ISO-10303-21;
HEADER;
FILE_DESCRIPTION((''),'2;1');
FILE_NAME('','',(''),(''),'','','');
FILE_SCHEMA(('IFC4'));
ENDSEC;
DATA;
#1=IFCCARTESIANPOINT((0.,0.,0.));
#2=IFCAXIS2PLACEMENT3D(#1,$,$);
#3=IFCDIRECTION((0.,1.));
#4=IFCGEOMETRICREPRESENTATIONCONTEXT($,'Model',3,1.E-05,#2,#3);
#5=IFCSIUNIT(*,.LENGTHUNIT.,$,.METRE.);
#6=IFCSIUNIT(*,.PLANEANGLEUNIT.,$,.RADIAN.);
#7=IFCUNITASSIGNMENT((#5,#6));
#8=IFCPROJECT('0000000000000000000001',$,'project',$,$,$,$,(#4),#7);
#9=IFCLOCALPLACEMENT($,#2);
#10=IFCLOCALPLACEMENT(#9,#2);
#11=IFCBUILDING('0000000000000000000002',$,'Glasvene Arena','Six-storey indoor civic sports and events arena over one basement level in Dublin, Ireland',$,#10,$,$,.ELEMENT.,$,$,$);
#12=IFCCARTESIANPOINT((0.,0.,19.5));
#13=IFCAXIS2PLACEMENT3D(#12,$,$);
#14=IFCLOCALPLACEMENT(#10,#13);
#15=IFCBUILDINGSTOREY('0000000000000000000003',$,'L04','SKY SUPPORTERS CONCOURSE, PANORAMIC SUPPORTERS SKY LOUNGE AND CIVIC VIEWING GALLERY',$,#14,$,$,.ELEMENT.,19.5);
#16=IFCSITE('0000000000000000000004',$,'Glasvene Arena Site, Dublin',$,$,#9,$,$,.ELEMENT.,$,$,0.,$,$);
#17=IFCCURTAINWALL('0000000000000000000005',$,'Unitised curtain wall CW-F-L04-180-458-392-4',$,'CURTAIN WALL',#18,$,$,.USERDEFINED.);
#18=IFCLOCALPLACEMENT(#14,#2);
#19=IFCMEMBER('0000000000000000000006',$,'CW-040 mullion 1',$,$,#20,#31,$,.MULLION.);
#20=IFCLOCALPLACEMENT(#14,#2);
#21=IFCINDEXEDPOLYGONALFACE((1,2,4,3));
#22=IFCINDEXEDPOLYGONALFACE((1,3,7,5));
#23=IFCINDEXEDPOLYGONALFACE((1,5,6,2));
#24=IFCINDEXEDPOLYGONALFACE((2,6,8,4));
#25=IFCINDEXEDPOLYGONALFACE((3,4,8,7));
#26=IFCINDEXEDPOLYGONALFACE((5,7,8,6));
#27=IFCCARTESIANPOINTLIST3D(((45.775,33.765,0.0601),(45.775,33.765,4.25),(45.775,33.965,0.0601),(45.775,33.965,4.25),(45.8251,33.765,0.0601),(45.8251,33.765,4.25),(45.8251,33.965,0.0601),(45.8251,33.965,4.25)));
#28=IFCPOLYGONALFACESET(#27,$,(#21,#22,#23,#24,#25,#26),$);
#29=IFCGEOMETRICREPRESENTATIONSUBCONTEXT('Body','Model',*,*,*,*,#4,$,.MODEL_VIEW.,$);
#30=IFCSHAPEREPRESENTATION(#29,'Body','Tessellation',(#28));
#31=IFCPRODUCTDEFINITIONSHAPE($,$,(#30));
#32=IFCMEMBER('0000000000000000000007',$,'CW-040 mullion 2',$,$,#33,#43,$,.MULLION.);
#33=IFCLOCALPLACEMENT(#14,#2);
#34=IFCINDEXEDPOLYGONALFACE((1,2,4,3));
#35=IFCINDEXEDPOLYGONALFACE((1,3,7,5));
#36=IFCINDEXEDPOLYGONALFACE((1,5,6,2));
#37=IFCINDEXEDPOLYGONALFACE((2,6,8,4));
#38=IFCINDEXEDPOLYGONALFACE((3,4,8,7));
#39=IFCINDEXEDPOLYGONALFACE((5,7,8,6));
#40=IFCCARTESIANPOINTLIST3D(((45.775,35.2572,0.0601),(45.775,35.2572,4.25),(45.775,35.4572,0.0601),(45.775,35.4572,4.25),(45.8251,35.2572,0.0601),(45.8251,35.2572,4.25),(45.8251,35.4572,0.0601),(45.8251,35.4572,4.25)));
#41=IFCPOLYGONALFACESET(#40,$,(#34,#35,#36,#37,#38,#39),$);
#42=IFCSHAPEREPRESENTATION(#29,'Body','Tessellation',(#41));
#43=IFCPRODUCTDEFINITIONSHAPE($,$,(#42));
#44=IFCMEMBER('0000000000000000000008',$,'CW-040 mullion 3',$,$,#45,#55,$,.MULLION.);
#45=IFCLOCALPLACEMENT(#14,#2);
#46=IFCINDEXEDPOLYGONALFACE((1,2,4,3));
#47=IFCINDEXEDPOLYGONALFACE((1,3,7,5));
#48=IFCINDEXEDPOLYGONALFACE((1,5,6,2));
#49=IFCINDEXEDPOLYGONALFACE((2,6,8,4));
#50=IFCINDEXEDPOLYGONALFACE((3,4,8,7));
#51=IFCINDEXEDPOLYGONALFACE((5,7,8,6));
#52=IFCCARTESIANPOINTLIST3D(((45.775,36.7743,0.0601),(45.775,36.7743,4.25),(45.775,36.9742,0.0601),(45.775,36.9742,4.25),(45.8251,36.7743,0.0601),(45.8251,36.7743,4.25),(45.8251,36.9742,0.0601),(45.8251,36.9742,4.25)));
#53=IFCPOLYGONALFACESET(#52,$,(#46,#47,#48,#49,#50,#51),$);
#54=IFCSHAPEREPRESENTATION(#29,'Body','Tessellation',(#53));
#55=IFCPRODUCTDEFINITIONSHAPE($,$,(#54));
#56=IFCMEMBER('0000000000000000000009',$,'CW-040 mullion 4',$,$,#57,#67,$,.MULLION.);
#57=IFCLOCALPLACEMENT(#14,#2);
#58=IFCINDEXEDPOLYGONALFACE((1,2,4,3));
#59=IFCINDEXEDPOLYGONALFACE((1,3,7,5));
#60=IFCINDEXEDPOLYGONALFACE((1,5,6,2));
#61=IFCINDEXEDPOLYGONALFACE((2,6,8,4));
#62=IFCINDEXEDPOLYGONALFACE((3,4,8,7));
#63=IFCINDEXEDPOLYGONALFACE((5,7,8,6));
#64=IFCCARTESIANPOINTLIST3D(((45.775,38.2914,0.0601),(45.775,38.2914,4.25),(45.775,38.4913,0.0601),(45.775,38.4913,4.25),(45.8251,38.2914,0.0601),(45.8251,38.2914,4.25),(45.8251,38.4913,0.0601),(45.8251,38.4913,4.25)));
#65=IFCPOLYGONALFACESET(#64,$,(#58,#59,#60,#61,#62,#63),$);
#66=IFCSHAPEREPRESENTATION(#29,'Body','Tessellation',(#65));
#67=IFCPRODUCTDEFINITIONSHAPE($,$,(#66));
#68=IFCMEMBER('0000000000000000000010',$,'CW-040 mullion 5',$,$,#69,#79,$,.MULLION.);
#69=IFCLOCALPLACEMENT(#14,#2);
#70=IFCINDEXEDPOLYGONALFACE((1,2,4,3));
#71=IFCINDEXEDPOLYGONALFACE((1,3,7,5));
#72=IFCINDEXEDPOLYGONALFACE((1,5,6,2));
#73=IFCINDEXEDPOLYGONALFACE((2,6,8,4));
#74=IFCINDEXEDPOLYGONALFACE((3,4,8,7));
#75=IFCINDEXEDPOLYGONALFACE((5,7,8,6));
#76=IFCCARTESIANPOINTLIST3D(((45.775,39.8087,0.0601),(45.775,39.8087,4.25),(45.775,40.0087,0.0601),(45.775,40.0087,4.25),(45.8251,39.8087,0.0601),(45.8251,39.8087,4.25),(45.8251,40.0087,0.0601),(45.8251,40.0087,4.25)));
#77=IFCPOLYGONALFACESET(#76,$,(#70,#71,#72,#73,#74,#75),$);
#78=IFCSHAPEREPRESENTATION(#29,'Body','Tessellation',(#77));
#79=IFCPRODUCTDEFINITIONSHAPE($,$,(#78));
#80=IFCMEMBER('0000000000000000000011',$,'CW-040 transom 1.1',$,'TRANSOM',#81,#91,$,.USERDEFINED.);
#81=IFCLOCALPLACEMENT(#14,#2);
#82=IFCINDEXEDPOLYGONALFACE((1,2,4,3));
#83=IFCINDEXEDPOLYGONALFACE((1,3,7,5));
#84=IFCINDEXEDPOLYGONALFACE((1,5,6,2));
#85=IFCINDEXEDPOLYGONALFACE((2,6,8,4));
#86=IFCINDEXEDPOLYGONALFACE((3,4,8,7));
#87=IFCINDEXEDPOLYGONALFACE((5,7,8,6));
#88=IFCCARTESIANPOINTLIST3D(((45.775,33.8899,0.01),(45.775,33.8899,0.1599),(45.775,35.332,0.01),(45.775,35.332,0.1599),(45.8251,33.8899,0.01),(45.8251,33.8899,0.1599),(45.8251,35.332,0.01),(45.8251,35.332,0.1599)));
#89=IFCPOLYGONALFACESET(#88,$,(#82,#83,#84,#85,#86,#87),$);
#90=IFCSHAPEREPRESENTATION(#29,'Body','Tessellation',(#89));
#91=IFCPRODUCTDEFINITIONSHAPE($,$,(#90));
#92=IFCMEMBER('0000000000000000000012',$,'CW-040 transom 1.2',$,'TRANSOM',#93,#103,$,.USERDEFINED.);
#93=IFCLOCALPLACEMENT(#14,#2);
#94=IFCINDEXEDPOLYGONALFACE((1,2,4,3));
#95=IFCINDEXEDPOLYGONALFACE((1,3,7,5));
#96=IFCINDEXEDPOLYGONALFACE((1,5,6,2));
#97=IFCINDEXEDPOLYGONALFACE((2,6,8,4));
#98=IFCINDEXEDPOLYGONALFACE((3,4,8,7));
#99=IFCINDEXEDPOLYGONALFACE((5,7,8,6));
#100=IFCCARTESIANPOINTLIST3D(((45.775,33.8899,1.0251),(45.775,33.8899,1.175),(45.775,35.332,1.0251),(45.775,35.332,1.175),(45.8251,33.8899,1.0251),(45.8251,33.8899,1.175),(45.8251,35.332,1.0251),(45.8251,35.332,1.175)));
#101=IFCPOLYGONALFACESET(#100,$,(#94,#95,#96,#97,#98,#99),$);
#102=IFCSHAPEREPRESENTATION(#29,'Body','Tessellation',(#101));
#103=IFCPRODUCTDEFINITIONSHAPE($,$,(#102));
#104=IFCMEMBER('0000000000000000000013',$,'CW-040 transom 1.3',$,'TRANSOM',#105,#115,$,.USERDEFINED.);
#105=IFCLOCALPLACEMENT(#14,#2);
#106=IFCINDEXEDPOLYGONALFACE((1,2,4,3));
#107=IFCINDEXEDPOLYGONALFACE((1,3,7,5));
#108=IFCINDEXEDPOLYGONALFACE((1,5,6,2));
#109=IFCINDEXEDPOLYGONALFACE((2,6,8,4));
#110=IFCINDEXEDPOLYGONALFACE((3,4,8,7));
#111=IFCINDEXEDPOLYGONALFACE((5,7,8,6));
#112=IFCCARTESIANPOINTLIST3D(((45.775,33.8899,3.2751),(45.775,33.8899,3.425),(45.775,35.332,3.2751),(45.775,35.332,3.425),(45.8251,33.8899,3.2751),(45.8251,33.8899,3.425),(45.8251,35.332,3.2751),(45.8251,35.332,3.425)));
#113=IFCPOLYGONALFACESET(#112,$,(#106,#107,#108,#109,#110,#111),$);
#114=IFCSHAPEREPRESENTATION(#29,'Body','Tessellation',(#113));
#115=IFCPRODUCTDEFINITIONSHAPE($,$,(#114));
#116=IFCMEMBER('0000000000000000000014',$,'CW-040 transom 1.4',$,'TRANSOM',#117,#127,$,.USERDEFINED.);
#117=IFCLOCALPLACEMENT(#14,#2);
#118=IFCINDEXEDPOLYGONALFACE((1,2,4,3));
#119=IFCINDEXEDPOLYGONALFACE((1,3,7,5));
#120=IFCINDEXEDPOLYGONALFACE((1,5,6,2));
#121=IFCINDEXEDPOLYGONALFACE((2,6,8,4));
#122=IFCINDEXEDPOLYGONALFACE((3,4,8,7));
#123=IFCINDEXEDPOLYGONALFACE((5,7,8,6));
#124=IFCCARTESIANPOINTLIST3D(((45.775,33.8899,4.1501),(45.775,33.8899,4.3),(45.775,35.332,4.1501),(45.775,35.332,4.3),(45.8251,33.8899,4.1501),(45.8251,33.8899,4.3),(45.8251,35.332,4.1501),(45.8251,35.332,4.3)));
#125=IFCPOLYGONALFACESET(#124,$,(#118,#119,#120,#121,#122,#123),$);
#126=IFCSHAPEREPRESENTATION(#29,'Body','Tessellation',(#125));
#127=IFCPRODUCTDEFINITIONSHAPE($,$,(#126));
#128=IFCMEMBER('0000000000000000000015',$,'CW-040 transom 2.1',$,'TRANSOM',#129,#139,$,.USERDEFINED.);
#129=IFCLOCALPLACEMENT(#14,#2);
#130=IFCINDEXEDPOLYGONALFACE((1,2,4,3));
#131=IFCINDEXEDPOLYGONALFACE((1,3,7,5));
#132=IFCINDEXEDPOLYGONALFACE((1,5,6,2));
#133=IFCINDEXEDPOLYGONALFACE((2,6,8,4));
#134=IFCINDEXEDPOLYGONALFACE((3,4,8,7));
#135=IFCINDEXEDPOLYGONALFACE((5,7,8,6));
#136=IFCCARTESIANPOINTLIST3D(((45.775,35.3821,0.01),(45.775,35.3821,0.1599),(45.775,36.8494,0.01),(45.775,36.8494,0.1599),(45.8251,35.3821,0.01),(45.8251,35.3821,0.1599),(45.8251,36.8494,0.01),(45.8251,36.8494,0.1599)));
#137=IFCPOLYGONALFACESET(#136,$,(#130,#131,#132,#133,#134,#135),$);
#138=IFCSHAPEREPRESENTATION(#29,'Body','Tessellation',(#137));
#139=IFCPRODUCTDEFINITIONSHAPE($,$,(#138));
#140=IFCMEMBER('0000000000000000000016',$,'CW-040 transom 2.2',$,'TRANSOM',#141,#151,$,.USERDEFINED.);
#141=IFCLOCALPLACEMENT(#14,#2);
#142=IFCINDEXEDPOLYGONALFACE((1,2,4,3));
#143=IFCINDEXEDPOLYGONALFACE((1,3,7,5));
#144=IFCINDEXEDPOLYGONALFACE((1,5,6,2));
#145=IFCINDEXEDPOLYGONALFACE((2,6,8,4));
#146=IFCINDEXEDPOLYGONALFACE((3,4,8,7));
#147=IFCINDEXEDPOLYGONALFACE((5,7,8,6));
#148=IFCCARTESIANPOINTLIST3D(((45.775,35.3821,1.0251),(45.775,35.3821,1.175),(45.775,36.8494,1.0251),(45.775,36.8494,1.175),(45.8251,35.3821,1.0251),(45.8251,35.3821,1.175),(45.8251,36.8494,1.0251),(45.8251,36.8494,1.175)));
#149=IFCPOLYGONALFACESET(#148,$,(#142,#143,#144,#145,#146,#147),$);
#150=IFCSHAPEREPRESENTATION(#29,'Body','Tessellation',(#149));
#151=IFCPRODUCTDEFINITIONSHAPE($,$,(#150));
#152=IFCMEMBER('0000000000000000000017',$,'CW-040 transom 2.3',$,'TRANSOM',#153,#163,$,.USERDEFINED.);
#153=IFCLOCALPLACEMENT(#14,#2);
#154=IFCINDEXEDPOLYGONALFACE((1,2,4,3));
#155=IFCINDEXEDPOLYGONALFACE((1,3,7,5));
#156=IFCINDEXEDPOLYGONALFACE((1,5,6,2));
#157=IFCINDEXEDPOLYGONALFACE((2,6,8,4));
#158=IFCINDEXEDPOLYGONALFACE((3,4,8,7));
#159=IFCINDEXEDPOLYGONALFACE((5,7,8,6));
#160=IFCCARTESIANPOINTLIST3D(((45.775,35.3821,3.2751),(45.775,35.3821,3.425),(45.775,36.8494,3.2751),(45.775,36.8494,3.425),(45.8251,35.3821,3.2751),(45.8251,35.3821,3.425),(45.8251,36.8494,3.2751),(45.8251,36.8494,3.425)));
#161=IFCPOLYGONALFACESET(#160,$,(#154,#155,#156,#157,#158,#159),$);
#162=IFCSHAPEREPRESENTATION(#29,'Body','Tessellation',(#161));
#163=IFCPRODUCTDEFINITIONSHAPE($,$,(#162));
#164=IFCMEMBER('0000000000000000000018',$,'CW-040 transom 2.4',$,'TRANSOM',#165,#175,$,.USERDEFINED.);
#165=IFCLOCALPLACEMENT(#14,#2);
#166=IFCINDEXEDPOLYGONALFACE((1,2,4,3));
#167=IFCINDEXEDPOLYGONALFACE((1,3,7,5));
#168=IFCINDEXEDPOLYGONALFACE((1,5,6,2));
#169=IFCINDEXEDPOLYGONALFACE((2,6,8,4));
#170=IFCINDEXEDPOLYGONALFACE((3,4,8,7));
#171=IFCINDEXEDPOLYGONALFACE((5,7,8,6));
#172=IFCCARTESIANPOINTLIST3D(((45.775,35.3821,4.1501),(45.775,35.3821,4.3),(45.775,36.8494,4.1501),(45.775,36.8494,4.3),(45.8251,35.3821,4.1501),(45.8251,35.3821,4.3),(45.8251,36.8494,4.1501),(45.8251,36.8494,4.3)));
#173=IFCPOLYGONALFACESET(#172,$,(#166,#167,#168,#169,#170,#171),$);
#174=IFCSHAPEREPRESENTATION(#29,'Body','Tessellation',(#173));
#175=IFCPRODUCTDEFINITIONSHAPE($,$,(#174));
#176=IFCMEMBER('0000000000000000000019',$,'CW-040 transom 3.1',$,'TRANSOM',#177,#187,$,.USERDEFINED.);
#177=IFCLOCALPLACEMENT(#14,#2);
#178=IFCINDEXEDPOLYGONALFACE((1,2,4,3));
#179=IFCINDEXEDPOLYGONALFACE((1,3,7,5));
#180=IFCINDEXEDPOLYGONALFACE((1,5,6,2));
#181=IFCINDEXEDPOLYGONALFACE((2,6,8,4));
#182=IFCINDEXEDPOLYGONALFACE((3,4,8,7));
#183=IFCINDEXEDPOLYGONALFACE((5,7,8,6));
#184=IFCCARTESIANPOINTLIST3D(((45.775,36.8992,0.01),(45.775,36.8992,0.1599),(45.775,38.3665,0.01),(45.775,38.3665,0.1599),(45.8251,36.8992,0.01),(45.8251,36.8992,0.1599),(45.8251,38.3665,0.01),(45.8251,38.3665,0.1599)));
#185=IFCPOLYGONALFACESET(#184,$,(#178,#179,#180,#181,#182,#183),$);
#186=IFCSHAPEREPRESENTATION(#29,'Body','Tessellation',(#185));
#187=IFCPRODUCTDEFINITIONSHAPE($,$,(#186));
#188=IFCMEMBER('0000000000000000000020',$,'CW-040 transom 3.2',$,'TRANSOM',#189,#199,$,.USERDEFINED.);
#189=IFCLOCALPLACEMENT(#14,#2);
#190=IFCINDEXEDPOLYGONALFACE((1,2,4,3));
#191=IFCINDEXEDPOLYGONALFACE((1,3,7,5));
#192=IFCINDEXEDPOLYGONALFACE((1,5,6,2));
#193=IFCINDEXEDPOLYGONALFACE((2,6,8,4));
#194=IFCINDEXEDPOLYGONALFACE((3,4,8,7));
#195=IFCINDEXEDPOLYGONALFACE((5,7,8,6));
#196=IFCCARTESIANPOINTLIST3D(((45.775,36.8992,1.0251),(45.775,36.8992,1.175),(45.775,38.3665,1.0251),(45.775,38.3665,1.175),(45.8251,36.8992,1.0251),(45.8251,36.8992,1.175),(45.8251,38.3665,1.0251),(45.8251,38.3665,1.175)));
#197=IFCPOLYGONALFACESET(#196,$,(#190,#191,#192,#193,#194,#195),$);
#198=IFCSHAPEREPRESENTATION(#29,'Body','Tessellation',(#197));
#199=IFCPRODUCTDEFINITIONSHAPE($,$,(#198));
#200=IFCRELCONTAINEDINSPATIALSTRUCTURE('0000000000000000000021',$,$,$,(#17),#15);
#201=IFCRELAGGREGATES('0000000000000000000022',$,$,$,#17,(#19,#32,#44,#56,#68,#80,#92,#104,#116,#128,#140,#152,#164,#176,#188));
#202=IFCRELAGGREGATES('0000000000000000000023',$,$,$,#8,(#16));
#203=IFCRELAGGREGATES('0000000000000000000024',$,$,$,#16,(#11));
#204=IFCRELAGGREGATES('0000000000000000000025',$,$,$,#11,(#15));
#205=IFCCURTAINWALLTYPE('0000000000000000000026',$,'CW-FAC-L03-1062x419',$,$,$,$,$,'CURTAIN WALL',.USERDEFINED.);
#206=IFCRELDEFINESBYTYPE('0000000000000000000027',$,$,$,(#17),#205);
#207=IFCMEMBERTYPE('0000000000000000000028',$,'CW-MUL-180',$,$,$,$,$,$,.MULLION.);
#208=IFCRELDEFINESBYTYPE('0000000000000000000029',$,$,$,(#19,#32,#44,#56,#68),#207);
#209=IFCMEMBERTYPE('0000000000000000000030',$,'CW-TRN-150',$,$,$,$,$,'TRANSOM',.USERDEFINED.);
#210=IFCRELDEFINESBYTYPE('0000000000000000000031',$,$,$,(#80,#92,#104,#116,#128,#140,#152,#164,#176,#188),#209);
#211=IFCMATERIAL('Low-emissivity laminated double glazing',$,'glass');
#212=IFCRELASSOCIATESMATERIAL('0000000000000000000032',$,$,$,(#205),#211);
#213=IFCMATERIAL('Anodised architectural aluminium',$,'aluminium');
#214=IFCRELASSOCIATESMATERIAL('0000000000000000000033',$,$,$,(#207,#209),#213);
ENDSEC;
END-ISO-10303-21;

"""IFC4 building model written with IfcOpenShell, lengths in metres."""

from ifc_helpers import new_model, si_unit, direction, frame, origin, origin_2d, place, context, subcontext, project, spatial, rectangle, extrude, material, material_profile, profile_set, type_object, element, aggregate, save


model = new_model("IFC4")

# Units and contexts
model_context = context("Model", 3, precision=1e-05, world=origin(), true_north=direction((0.0, 1.0)))
body_context = subcontext(model_context, "Body", "Model", "MODEL_VIEW")
ifc_project = project(units=[si_unit("LENGTHUNIT", "METRE"), si_unit("PLANEANGLEUNIT", "RADIAN")], contexts=[model_context])

# Site, building, storey
site_placement = place(None, origin())
site = spatial("IfcSite", under=ifc_project, at=site_placement, Name="Glasvene Arena Site, Dublin", CompositionType="ELEMENT", RefElevation=0.0)
building_placement = place(site_placement, origin())
building = spatial("IfcBuilding", under=site, at=building_placement, Name="Glasvene Arena", Description="Six-storey indoor civic sports and events arena over one basement level in Dublin, Ireland", CompositionType="ELEMENT")
storey_placement = place(building_placement, frame((0.0, 0.0, 19.5)))
storey = spatial("IfcBuildingStorey", under=building, at=storey_placement, Name="L04", Description="SKY SUPPORTERS CONCOURSE, PANORAMIC SUPPORTERS SKY LOUNGE AND CIVIC VIEWING GALLERY", CompositionType="ELEMENT", Elevation=19.5)

# Curtain wall, members
ifc_material_1 = material(Name="Low-emissivity laminated double glazing", Category="glass")
curtain_wall_type = type_object("IfcCurtainWallType", Name="CW-FAC-L03-1062x419", ElementType="CURTAIN WALL", PredefinedType="USERDEFINED", material=ifc_material_1)
curtain_wall_placement = place(storey_placement, frame((45.8, 33.8401, 0.0)))
curtain_wall = element("IfcCurtainWall", 1, at=curtain_wall_placement, inside=storey, type_object=curtain_wall_type, Name="Unitised curtain wall CW-F-L04-180-458-392-4", ObjectType="CURTAIN WALL", PredefinedType="USERDEFINED")
ifc_material_2 = material(Name="Anodised architectural aluminium", Category="aluminium")
ifc_material_profile_1 = material_profile(ifc_material_2, rectangle(XDim=0.05, YDim=0.2, at=origin_2d()), Name="ALU MULLION 50x200")
ifc_profile_set_1 = profile_set([ifc_material_profile_1], Name="Anodised architectural aluminium")
member_type_1 = type_object("IfcMemberType", Name="CW-MUL-180", PredefinedType="MULLION", material=ifc_profile_set_1)
member_1_placement = place(storey_placement, frame((45.8, 33.865, 0.0601), z_axis=(0.0, 0.0, 1.0), x_axis=(-1.0, 0.0, 0.0)))
member_1 = element("IfcMember", 2, at=member_1_placement, type_object=member_type_1, Name="CW-040 mullion 1", PredefinedType="MULLION", context=body_context, shape_type="SweptSolid", body=[
    extrude(rectangle(XDim=0.05, YDim=0.2, at=origin_2d()), origin(), (0.0, 0.0, 1.0), 4.1899),
])
member_2_placement = place(storey_placement, frame((45.8, 35.3572, 0.0601), z_axis=(0.0, 0.0, 1.0), x_axis=(-1.0, 0.0, 0.0)))
member_2 = element("IfcMember", 3, at=member_2_placement, type_object=member_type_1, Name="CW-040 mullion 2", PredefinedType="MULLION", context=body_context, shape_type="SweptSolid", body=[
    extrude(rectangle(XDim=0.05, YDim=0.2, at=origin_2d()), origin(), (0.0, 0.0, 1.0), 4.1899),
])
member_3_placement = place(storey_placement, frame((45.8, 36.8743, 0.0601), z_axis=(0.0, 0.0, 1.0), x_axis=(-1.0, 0.0, 0.0)))
member_3 = element("IfcMember", 4, at=member_3_placement, type_object=member_type_1, Name="CW-040 mullion 3", PredefinedType="MULLION", context=body_context, shape_type="SweptSolid", body=[
    extrude(rectangle(XDim=0.05, YDim=0.2, at=origin_2d()), origin(), (0.0, 0.0, 1.0), 4.1899),
])
member_4_placement = place(storey_placement, frame((45.8, 38.3914, 0.0601), z_axis=(0.0, 0.0, 1.0), x_axis=(-1.0, 0.0, 0.0)))
member_4 = element("IfcMember", 5, at=member_4_placement, type_object=member_type_1, Name="CW-040 mullion 4", PredefinedType="MULLION", context=body_context, shape_type="SweptSolid", body=[
    extrude(rectangle(XDim=0.05, YDim=0.2, at=origin_2d()), origin(), (0.0, 0.0, 1.0), 4.1899),
])
member_5_placement = place(storey_placement, frame((45.8, 39.9087, 0.0601), z_axis=(0.0, 0.0, 1.0), x_axis=(-1.0, 0.0, 0.0)))
member_5 = element("IfcMember", 6, at=member_5_placement, type_object=member_type_1, Name="CW-040 mullion 5", PredefinedType="MULLION", context=body_context, shape_type="SweptSolid", body=[
    extrude(rectangle(XDim=0.05, YDim=0.2, at=origin_2d()), origin(), (0.0, 0.0, 1.0), 4.1899),
])
ifc_material_profile_2 = material_profile(ifc_material_2, rectangle(XDim=0.05, YDim=0.1499, at=origin_2d()), Name="ALU TRANSOM 50x150")
ifc_profile_set_2 = profile_set([ifc_material_profile_2], Name="Anodised architectural aluminium")
member_type_2 = type_object("IfcMemberType", Name="CW-TRN-150", ElementType="TRANSOM", PredefinedType="USERDEFINED", material=ifc_profile_set_2)
member_6_placement = place(storey_placement, frame((45.8, 33.8899, 0.085), z_axis=(0.0, 1.0, 0.0), x_axis=(-1.0, 0.0, 0.0)))
member_6 = element("IfcMember", 7, at=member_6_placement, type_object=member_type_2, Name="CW-040 transom 1.1", ObjectType="TRANSOM", PredefinedType="USERDEFINED", context=body_context, shape_type="SweptSolid", body=[
    extrude(rectangle(XDim=0.05, YDim=0.1499, at=origin_2d()), origin(), (0.0, 0.0, 1.0), 1.4421),
])
member_7_placement = place(storey_placement, frame((45.8, 33.8899, 1.1001), z_axis=(0.0, 1.0, 0.0), x_axis=(-1.0, 0.0, 0.0)))
member_7 = element("IfcMember", 8, at=member_7_placement, type_object=member_type_2, Name="CW-040 transom 1.2", ObjectType="TRANSOM", PredefinedType="USERDEFINED", context=body_context, shape_type="SweptSolid", body=[
    extrude(rectangle(XDim=0.05, YDim=0.1499, at=origin_2d()), origin(), (0.0, 0.0, 1.0), 1.4421),
])
member_8_placement = place(storey_placement, frame((45.8, 33.8899, 3.3501), z_axis=(0.0, 1.0, 0.0), x_axis=(-1.0, 0.0, 0.0)))
member_8 = element("IfcMember", 9, at=member_8_placement, type_object=member_type_2, Name="CW-040 transom 1.3", ObjectType="TRANSOM", PredefinedType="USERDEFINED", context=body_context, shape_type="SweptSolid", body=[
    extrude(rectangle(XDim=0.05, YDim=0.1499, at=origin_2d()), origin(), (0.0, 0.0, 1.0), 1.4421),
])
member_9_placement = place(storey_placement, frame((45.8, 33.8899, 4.2251), z_axis=(0.0, 1.0, 0.0), x_axis=(-1.0, 0.0, 0.0)))
member_9 = element("IfcMember", 10, at=member_9_placement, type_object=member_type_2, Name="CW-040 transom 1.4", ObjectType="TRANSOM", PredefinedType="USERDEFINED", context=body_context, shape_type="SweptSolid", body=[
    extrude(rectangle(XDim=0.05, YDim=0.1499, at=origin_2d()), origin(), (0.0, 0.0, 1.0), 1.4421),
])
member_10_placement = place(storey_placement, frame((45.8, 35.3821, 0.085), z_axis=(0.0, 1.0, 0.0), x_axis=(-1.0, 0.0, 0.0)))
member_10 = element("IfcMember", 11, at=member_10_placement, type_object=member_type_2, Name="CW-040 transom 2.1", ObjectType="TRANSOM", PredefinedType="USERDEFINED", context=body_context, shape_type="SweptSolid", body=[
    extrude(rectangle(XDim=0.05, YDim=0.1499, at=origin_2d()), origin(), (0.0, 0.0, 1.0), 1.4673),
])
member_11_placement = place(storey_placement, frame((45.8, 35.3821, 1.1001), z_axis=(0.0, 1.0, 0.0), x_axis=(-1.0, 0.0, 0.0)))
member_11 = element("IfcMember", 12, at=member_11_placement, type_object=member_type_2, Name="CW-040 transom 2.2", ObjectType="TRANSOM", PredefinedType="USERDEFINED", context=body_context, shape_type="SweptSolid", body=[
    extrude(rectangle(XDim=0.05, YDim=0.1499, at=origin_2d()), origin(), (0.0, 0.0, 1.0), 1.4673),
])
member_12_placement = place(storey_placement, frame((45.8, 35.3821, 3.3501), z_axis=(0.0, 1.0, 0.0), x_axis=(-1.0, 0.0, 0.0)))
member_12 = element("IfcMember", 13, at=member_12_placement, type_object=member_type_2, Name="CW-040 transom 2.3", ObjectType="TRANSOM", PredefinedType="USERDEFINED", context=body_context, shape_type="SweptSolid", body=[
    extrude(rectangle(XDim=0.05, YDim=0.1499, at=origin_2d()), origin(), (0.0, 0.0, 1.0), 1.4673),
])
member_13_placement = place(storey_placement, frame((45.8, 35.3821, 4.2251), z_axis=(0.0, 1.0, 0.0), x_axis=(-1.0, 0.0, 0.0)))
member_13 = element("IfcMember", 14, at=member_13_placement, type_object=member_type_2, Name="CW-040 transom 2.4", ObjectType="TRANSOM", PredefinedType="USERDEFINED", context=body_context, shape_type="SweptSolid", body=[
    extrude(rectangle(XDim=0.05, YDim=0.1499, at=origin_2d()), origin(), (0.0, 0.0, 1.0), 1.4673),
])
member_14_placement = place(storey_placement, frame((45.8, 36.8992, 0.085), z_axis=(0.0, 1.0, 0.0), x_axis=(-1.0, 0.0, 0.0)))
member_14 = element("IfcMember", 15, at=member_14_placement, type_object=member_type_2, Name="CW-040 transom 3.1", ObjectType="TRANSOM", PredefinedType="USERDEFINED", context=body_context, shape_type="SweptSolid", body=[
    extrude(rectangle(XDim=0.05, YDim=0.1499, at=origin_2d()), origin(), (0.0, 0.0, 1.0), 1.4673),
])
member_15_placement = place(storey_placement, frame((45.8, 36.8992, 1.1001), z_axis=(0.0, 1.0, 0.0), x_axis=(-1.0, 0.0, 0.0)))
member_15 = element("IfcMember", 16, at=member_15_placement, type_object=member_type_2, Name="CW-040 transom 3.2", ObjectType="TRANSOM", PredefinedType="USERDEFINED", context=body_context, shape_type="SweptSolid", body=[
    extrude(rectangle(XDim=0.05, YDim=0.1499, at=origin_2d()), origin(), (0.0, 0.0, 1.0), 1.4673),
])
aggregate(curtain_wall, [member_1, member_2, member_3, member_4, member_5, member_6, member_7, member_8, member_9, member_10, member_11, member_12, member_13, member_14, member_15])

save(model, "model.ifc")
